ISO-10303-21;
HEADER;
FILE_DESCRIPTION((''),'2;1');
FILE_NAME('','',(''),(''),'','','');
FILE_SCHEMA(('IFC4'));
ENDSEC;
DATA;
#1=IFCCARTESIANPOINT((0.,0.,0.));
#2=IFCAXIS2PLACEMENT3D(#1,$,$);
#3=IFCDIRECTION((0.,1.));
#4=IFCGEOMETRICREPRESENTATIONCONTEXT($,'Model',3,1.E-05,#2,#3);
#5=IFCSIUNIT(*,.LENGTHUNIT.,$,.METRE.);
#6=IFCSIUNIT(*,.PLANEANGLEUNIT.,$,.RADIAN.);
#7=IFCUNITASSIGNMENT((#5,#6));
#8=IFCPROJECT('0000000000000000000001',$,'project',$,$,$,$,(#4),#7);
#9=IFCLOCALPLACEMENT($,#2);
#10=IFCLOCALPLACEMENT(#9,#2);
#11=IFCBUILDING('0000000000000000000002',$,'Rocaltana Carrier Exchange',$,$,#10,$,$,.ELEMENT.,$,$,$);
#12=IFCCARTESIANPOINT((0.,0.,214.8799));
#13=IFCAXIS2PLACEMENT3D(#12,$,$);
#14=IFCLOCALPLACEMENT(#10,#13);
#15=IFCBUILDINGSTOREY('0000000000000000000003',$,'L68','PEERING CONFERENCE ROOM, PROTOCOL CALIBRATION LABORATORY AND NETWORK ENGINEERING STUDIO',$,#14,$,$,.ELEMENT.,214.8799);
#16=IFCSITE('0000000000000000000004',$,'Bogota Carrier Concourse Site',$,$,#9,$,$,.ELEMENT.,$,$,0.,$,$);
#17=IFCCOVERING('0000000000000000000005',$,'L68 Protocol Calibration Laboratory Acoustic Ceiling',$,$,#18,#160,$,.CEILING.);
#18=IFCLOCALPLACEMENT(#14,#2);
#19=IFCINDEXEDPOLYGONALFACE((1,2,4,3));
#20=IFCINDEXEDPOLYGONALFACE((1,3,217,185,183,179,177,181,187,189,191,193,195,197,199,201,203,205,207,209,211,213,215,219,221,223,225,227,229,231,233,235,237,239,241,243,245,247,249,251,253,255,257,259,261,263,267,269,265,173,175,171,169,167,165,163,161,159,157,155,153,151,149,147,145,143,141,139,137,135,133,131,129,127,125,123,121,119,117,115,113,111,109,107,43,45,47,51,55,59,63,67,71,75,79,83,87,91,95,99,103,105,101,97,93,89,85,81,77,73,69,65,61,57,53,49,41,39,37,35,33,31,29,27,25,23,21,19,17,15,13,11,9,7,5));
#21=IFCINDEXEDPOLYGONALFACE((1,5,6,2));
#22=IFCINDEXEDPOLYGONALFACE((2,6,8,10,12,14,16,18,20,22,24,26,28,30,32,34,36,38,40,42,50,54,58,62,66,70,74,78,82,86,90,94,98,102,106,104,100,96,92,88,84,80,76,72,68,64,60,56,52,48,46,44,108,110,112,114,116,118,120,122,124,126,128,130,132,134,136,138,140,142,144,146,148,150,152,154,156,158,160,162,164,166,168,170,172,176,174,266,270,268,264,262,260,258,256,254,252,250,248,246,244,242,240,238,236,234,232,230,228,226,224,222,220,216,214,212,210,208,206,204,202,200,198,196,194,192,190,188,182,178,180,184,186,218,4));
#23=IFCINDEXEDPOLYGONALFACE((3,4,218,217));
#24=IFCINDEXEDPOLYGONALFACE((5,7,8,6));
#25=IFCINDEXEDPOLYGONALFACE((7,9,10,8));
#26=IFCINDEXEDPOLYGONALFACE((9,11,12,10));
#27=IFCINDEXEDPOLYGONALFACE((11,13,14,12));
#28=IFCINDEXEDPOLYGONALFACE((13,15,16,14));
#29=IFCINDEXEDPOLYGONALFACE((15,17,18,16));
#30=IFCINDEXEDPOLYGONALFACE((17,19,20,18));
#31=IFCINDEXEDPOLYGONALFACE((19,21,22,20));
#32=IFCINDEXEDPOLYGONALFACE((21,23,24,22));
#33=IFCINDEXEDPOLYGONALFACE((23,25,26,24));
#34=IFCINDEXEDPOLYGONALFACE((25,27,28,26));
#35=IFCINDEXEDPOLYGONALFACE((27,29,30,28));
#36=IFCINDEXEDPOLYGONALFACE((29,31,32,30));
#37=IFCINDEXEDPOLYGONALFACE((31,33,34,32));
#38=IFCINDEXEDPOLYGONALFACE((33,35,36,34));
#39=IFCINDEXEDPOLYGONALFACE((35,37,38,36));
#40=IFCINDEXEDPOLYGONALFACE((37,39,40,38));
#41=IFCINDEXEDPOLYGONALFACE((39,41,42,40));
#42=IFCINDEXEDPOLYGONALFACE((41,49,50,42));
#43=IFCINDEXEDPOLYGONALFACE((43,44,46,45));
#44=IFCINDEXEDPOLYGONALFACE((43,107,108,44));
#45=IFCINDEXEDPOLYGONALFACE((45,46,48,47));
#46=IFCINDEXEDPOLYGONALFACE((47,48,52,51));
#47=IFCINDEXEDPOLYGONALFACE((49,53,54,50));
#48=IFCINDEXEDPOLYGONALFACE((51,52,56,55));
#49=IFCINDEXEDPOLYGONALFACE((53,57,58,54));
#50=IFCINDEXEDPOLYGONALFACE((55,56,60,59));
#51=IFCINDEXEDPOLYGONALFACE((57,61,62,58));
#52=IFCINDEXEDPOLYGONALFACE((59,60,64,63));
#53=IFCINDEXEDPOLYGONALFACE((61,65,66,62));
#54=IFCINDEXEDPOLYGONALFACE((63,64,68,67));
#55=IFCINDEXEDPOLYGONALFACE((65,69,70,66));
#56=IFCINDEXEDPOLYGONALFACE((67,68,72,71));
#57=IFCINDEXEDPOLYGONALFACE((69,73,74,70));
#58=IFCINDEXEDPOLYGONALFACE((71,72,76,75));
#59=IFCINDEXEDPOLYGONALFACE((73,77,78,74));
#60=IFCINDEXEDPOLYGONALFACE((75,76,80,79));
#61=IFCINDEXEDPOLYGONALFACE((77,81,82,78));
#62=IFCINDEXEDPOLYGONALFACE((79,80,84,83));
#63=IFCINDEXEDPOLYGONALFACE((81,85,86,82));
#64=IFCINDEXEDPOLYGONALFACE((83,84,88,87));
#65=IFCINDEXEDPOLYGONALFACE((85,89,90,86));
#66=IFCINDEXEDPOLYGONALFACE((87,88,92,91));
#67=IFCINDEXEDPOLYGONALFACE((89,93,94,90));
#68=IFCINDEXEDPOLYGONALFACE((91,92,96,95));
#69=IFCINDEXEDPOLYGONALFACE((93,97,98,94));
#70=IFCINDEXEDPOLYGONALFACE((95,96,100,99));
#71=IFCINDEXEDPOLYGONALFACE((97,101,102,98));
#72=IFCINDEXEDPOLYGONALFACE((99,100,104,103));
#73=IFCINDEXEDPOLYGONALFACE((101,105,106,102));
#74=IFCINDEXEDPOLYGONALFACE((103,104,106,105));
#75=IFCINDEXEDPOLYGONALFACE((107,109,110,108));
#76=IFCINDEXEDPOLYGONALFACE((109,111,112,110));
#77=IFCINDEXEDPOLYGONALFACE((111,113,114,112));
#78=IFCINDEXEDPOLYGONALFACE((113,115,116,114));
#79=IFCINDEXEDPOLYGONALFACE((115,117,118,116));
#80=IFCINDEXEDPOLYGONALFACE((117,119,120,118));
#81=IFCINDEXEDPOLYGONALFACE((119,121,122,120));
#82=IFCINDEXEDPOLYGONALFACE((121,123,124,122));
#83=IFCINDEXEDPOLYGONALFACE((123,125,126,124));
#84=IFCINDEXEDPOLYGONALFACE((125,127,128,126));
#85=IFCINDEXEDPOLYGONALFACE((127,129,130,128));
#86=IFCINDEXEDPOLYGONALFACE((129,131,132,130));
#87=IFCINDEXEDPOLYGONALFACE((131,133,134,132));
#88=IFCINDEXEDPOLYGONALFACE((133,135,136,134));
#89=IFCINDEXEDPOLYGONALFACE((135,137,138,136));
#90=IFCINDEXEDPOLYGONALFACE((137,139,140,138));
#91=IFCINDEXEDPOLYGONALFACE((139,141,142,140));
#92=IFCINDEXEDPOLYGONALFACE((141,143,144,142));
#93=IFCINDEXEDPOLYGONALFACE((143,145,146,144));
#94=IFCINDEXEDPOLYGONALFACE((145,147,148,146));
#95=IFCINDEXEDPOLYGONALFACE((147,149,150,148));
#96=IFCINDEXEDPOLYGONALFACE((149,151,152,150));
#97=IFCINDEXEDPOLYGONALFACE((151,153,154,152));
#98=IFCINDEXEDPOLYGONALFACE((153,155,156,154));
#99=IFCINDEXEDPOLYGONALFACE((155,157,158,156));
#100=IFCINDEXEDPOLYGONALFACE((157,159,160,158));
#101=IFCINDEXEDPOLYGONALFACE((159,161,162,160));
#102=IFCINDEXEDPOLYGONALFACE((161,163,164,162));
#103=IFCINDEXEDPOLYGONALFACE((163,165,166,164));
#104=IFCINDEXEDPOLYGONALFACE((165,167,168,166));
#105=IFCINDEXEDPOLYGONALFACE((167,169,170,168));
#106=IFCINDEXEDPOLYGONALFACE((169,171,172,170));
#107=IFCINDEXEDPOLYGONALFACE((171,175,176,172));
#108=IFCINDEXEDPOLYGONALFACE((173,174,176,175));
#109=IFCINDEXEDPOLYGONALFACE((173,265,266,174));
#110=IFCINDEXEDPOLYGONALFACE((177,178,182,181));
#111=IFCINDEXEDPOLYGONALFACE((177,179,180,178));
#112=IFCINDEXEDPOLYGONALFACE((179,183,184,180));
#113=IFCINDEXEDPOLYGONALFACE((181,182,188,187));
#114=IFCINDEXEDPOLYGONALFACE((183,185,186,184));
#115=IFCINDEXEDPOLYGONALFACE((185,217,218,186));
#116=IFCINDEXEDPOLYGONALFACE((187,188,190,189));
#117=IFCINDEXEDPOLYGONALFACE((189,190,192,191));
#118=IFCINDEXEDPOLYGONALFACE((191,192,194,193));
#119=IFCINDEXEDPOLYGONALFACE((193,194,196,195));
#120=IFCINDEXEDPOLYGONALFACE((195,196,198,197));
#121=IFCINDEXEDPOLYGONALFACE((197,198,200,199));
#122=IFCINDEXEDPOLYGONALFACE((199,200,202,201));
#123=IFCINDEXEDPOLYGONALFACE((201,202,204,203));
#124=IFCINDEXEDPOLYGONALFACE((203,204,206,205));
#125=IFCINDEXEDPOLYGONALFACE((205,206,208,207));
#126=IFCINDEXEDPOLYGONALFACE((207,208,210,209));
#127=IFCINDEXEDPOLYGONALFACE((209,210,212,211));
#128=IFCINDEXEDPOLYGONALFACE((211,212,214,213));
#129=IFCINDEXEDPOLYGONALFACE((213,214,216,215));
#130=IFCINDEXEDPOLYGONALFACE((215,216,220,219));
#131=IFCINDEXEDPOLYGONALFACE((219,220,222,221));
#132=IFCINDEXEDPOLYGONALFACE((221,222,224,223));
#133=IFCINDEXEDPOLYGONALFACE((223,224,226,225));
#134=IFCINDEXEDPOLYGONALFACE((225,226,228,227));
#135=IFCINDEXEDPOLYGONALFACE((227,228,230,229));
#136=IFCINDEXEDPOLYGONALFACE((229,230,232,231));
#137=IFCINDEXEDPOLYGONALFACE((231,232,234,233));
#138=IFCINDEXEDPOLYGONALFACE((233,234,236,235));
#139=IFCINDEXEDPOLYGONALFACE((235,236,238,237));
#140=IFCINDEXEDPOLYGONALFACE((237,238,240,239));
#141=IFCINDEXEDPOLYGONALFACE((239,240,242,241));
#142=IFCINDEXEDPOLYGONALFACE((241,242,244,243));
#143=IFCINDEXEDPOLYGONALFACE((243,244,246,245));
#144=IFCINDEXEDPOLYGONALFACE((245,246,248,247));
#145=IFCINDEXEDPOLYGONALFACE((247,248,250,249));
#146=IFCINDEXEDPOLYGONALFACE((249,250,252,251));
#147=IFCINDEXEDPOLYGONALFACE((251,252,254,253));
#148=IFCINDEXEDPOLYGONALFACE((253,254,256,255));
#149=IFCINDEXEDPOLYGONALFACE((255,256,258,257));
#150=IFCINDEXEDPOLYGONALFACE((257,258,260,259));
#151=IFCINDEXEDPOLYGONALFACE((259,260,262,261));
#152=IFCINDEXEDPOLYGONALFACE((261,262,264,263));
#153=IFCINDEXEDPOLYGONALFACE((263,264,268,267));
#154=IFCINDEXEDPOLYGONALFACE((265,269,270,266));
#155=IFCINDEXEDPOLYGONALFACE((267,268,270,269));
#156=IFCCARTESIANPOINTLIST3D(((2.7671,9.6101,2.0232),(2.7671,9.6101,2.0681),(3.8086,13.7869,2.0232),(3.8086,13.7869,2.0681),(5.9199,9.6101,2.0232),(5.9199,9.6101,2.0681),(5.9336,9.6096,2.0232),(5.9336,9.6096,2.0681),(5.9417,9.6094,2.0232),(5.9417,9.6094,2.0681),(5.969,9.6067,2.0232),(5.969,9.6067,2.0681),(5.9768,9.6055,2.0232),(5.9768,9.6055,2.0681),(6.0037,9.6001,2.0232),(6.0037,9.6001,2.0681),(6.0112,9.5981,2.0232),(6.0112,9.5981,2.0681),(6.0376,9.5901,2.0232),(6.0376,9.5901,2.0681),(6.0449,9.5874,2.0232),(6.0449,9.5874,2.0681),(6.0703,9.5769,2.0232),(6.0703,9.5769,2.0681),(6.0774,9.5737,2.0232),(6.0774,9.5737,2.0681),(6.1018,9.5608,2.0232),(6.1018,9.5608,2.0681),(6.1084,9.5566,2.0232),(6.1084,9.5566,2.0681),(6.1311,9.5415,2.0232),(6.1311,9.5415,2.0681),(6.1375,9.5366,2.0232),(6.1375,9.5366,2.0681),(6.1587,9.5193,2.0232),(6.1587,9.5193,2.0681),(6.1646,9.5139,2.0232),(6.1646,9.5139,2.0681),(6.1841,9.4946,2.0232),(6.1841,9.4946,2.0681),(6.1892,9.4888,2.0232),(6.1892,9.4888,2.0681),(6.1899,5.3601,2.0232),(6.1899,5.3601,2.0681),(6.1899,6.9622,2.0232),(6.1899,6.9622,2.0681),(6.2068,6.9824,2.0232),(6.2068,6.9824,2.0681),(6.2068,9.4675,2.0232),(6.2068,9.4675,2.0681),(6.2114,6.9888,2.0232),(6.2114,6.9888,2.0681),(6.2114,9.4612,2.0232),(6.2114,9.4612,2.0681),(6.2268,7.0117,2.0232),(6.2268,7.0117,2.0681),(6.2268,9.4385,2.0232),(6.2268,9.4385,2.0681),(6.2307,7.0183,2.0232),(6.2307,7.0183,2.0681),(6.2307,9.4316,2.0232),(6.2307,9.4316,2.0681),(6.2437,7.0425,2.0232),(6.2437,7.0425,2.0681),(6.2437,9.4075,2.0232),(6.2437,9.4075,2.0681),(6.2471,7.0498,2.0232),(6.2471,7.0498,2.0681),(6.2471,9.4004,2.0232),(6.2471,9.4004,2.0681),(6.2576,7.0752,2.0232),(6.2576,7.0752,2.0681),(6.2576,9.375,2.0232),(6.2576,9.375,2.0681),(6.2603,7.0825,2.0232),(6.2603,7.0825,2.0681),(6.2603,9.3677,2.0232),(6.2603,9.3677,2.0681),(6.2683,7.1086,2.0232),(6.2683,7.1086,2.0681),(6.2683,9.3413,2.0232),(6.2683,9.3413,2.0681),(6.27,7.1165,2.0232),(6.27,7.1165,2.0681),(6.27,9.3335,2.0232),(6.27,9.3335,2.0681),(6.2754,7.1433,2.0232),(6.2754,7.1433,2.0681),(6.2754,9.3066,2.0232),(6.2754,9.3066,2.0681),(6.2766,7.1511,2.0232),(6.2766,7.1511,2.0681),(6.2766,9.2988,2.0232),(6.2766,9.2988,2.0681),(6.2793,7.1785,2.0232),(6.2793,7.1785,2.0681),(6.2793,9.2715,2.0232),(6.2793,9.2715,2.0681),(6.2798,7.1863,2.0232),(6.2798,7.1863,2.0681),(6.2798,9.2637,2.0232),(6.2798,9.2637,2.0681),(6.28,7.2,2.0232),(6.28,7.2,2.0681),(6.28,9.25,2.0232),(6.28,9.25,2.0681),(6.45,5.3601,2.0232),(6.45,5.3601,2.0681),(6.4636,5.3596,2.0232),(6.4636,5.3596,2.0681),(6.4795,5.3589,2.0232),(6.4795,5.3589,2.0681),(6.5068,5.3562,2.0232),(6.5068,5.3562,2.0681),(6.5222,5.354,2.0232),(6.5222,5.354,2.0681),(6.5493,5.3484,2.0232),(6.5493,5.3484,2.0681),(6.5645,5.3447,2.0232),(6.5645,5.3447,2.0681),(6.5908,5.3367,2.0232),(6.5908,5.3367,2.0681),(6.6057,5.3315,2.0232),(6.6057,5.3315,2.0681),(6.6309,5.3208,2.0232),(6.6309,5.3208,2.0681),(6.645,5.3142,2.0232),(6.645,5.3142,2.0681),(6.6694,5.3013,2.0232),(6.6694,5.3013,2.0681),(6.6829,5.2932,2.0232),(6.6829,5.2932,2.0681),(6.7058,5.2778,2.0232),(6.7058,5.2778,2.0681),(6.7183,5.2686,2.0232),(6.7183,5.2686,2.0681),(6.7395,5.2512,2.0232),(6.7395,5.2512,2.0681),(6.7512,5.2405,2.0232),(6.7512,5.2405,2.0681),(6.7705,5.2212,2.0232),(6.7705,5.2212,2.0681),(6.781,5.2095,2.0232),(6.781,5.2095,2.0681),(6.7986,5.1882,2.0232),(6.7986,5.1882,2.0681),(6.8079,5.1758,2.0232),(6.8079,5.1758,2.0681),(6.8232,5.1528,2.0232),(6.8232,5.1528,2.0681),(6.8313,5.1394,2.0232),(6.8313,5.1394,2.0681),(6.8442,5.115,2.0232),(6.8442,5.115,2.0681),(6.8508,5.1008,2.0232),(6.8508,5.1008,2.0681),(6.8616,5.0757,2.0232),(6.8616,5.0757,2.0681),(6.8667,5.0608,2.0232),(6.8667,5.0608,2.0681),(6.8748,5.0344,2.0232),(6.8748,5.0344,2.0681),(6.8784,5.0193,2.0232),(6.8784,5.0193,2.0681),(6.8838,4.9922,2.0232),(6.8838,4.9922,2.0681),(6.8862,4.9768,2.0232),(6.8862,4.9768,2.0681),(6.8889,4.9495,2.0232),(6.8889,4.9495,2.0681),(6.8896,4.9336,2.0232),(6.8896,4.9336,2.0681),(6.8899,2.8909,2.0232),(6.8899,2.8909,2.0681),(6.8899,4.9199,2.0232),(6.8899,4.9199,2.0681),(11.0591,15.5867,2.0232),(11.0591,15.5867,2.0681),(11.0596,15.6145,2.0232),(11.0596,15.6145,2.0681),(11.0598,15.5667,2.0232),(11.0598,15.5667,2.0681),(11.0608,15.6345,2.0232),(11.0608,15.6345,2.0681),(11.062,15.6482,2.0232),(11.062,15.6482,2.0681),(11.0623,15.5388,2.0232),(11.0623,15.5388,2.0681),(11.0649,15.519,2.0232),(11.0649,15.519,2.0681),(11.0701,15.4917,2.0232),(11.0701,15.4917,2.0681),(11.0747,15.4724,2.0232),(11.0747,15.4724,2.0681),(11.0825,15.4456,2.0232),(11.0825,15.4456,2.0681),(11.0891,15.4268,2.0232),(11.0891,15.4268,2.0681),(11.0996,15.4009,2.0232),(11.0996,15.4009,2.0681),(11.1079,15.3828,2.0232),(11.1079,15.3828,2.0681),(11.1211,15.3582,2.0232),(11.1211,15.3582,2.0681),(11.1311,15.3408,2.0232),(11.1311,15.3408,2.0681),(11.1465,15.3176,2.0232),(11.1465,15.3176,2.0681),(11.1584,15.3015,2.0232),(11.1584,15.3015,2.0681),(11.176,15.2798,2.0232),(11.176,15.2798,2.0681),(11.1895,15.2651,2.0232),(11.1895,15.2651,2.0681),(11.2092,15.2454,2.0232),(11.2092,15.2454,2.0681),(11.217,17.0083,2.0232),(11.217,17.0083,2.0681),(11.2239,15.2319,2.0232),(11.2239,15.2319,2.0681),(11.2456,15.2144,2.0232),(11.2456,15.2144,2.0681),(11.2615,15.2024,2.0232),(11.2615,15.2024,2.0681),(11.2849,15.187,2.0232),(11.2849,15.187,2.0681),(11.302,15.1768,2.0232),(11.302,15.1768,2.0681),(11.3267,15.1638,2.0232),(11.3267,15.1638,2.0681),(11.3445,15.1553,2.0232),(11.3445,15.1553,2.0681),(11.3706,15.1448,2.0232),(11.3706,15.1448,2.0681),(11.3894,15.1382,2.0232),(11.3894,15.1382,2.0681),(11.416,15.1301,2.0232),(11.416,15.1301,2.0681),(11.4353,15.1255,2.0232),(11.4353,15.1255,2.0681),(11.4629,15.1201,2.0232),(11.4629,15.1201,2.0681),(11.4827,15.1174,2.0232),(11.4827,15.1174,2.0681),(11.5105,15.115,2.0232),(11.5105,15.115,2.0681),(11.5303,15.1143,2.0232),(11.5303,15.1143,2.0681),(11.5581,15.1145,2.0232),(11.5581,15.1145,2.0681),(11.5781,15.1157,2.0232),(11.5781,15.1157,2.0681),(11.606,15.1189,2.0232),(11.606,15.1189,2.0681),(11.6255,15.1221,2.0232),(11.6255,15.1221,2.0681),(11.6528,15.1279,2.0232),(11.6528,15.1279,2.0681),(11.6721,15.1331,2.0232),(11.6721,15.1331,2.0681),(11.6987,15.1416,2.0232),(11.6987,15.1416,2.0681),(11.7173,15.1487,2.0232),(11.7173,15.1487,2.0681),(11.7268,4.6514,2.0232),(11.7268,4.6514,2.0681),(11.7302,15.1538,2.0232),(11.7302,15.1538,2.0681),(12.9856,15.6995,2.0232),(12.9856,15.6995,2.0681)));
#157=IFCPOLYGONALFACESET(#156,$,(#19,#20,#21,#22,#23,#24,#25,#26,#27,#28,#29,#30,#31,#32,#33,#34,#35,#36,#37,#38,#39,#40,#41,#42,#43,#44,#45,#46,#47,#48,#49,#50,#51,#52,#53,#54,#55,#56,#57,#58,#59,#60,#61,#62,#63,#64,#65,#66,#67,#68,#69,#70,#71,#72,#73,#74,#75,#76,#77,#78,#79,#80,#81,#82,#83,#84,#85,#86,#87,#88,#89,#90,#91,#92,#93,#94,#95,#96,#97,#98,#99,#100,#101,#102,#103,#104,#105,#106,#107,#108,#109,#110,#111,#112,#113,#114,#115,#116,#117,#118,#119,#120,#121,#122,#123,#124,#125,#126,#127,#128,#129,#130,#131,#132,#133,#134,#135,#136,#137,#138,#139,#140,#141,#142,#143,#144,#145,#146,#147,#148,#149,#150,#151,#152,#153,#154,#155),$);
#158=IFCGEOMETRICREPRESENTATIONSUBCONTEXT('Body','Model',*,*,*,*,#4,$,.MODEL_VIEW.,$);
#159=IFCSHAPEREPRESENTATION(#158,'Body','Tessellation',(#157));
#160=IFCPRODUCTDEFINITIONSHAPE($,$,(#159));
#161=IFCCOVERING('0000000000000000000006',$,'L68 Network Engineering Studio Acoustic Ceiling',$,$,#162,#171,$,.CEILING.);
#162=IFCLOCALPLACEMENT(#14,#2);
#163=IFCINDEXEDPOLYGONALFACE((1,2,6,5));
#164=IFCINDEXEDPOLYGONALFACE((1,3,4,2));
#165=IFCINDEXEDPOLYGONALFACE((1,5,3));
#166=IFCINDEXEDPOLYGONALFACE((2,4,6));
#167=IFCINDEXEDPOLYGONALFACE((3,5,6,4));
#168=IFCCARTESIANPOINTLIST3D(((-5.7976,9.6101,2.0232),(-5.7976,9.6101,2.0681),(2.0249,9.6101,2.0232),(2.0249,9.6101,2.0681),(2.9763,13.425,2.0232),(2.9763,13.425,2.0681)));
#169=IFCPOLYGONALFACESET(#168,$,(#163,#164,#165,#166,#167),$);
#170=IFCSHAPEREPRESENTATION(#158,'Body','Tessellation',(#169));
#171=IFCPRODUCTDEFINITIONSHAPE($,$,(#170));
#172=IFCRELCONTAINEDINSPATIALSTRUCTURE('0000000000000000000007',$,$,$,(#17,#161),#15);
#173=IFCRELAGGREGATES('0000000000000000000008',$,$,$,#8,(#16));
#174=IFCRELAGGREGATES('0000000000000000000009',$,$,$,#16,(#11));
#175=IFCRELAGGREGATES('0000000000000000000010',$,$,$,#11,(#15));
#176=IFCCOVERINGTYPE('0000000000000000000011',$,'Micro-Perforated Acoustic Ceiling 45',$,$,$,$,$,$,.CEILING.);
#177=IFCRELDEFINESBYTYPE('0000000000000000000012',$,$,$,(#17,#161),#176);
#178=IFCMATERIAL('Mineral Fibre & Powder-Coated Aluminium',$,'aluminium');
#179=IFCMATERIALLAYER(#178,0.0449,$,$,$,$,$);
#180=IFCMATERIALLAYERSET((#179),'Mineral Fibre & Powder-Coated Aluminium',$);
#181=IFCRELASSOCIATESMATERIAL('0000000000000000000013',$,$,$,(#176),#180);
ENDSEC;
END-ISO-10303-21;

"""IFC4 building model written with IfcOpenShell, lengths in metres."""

from ifc_helpers import new_model, si_unit, direction, frame, origin, place, context, subcontext, project, spatial, polyline, outline, extrude, material, layer, layer_set, type_object, element, save


model = new_model("IFC4")

# Units and contexts
model_context = context("Model", 3, precision=1e-05, world=origin(), true_north=direction((0.0, 1.0)))
body_context = subcontext(model_context, "Body", "Model", "MODEL_VIEW")
ifc_project = project(units=[si_unit("LENGTHUNIT", "METRE"), si_unit("PLANEANGLEUNIT", "RADIAN")], contexts=[model_context])

# Site, building, storey
site_placement = place(None, origin())
site = spatial("IfcSite", under=ifc_project, at=site_placement, Name="Bogota Carrier Concourse Site", CompositionType="ELEMENT", RefElevation=0.0)
building_placement = place(site_placement, origin())
building = spatial("IfcBuilding", under=site, at=building_placement, Name="Rocaltana Carrier Exchange", CompositionType="ELEMENT")
storey_placement = place(building_placement, frame((0.0, 0.0, 214.8799)))
storey = spatial("IfcBuildingStorey", under=building, at=storey_placement, Name="L68", Description="PEERING CONFERENCE ROOM, PROTOCOL CALIBRATION LABORATORY AND NETWORK ENGINEERING STUDIO", CompositionType="ELEMENT", Elevation=214.8799)

# Coverings
ifc_material_1 = material(Name="Mineral Fibre & Powder-Coated Aluminium", Category="aluminium")
ifc_layer_1 = layer(ifc_material_1, 0.0449)
ifc_layer_set_1 = layer_set([ifc_layer_1], Name="Mineral Fibre & Powder-Coated Aluminium")
covering_type_1 = type_object("IfcCoveringType", Name="Micro-Perforated Acoustic Ceiling 45", PredefinedType="CEILING", material=ifc_layer_set_1)
covering_1_placement = place(storey_placement, frame((0.0, 0.0, 2.0232)))
element("IfcCovering", 1, at=covering_1_placement, inside=storey, type_object=covering_type_1, Name="L68 Protocol Calibration Laboratory Acoustic Ceiling", PredefinedType="CEILING", context=body_context, shape_type="SweptSolid", body=[
    extrude(outline(polyline([(6.1899, 6.9622), (6.2068, 6.9824), (6.2114, 6.9888), (6.2268, 7.0117), (6.2307, 7.0183), (6.2437, 7.0425), (6.2471, 7.0498), (6.2576, 7.0752), (6.2603, 7.0825), (6.2683, 7.1086), (6.27, 7.1165), (6.2754, 7.1433), (6.2766, 7.1511), (6.2793, 7.1785), (6.2798, 7.1863), (6.28, 7.2), (6.28, 9.25), (6.2798, 9.2637), (6.2793, 9.2715), (6.2766, 9.2988), (6.2754, 9.3066), (6.27, 9.3335), (6.2683, 9.3413), (6.2603, 9.3677), (6.2576, 9.375), (6.2471, 9.4004), (6.2437, 9.4075), (6.2307, 9.4316), (6.2268, 9.4385), (6.2114, 9.4612), (6.2068, 9.4675), (6.1892, 9.4888), (6.1841, 9.4946), (6.1646, 9.5139), (6.1587, 9.5193), (6.1375, 9.5366), (6.1311, 9.5415), (6.1084, 9.5566), (6.1018, 9.5608), (6.0774, 9.5737), (6.0703, 9.5769), (6.0449, 9.5874), (6.0376, 9.5901), (6.0112, 9.5981), (6.0037, 9.6001), (5.9768, 9.6055), (5.969, 9.6067), (5.9417, 9.6094), (5.9336, 9.6096), (5.9199, 9.6101), (2.7671, 9.6101), (3.8086, 13.7869), (11.217, 17.0083), (11.062, 15.6482), (11.0608, 15.6345), (11.0596, 15.6145), (11.0591, 15.5867), (11.0598, 15.5667), (11.0623, 15.5388), (11.0649, 15.519), (11.0701, 15.4917), (11.0747, 15.4724), (11.0825, 15.4456), (11.0891, 15.4268), (11.0996, 15.4009), (11.1079, 15.3828), (11.1211, 15.3582), (11.1311, 15.3408), (11.1465, 15.3176), (11.1584, 15.3015), (11.176, 15.2798), (11.1895, 15.2651), (11.2092, 15.2454), (11.2239, 15.2319), (11.2456, 15.2144), (11.2615, 15.2024), (11.2849, 15.187), (11.302, 15.1768), (11.3267, 15.1638), (11.3445, 15.1553), (11.3706, 15.1448), (11.3894, 15.1382), (11.416, 15.1301), (11.4353, 15.1255), (11.4629, 15.1201), (11.4827, 15.1174), (11.5105, 15.115), (11.5303, 15.1143), (11.5581, 15.1145), (11.5781, 15.1157), (11.606, 15.1189), (11.6255, 15.1221), (11.6528, 15.1279), (11.6721, 15.1331), (11.6987, 15.1416), (11.7173, 15.1487), (11.7302, 15.1538), (12.9856, 15.6995), (11.7268, 4.6514), (6.8899, 2.8909), (6.8899, 4.9199), (6.8896, 4.9336), (6.8889, 4.9495), (6.8862, 4.9768), (6.8838, 4.9922), (6.8784, 5.0193), (6.8748, 5.0344), (6.8667, 5.0608), (6.8616, 5.0757), (6.8508, 5.1008), (6.8442, 5.115), (6.8313, 5.1394), (6.8232, 5.1528), (6.8079, 5.1758), (6.7986, 5.1882), (6.781, 5.2095), (6.7705, 5.2212), (6.7512, 5.2405), (6.7395, 5.2512), (6.7183, 5.2686), (6.7058, 5.2778), (6.6829, 5.2932), (6.6694, 5.3013), (6.645, 5.3142), (6.6309, 5.3208), (6.6057, 5.3315), (6.5908, 5.3367), (6.5645, 5.3447), (6.5493, 5.3484), (6.5222, 5.354), (6.5068, 5.3562), (6.4795, 5.3589), (6.4636, 5.3596), (6.45, 5.3601), (6.1899, 5.3601), (6.1899, 6.9622)])), origin(), (0.0, 0.0, 1.0), 0.0449),
])
covering_2_placement = place(storey_placement, frame((0.0, 0.0, 2.0232)))
element("IfcCovering", 2, at=covering_2_placement, inside=storey, type_object=covering_type_1, Name="L68 Network Engineering Studio Acoustic Ceiling", PredefinedType="CEILING", context=body_context, shape_type="SweptSolid", body=[
    extrude(outline(polyline([(-5.7976, 9.6101), (2.9763, 13.425), (2.0249, 9.6101), (-5.7976, 9.6101)])), origin(), (0.0, 0.0, 1.0), 0.0449),
])

save(model, "model.ifc")
